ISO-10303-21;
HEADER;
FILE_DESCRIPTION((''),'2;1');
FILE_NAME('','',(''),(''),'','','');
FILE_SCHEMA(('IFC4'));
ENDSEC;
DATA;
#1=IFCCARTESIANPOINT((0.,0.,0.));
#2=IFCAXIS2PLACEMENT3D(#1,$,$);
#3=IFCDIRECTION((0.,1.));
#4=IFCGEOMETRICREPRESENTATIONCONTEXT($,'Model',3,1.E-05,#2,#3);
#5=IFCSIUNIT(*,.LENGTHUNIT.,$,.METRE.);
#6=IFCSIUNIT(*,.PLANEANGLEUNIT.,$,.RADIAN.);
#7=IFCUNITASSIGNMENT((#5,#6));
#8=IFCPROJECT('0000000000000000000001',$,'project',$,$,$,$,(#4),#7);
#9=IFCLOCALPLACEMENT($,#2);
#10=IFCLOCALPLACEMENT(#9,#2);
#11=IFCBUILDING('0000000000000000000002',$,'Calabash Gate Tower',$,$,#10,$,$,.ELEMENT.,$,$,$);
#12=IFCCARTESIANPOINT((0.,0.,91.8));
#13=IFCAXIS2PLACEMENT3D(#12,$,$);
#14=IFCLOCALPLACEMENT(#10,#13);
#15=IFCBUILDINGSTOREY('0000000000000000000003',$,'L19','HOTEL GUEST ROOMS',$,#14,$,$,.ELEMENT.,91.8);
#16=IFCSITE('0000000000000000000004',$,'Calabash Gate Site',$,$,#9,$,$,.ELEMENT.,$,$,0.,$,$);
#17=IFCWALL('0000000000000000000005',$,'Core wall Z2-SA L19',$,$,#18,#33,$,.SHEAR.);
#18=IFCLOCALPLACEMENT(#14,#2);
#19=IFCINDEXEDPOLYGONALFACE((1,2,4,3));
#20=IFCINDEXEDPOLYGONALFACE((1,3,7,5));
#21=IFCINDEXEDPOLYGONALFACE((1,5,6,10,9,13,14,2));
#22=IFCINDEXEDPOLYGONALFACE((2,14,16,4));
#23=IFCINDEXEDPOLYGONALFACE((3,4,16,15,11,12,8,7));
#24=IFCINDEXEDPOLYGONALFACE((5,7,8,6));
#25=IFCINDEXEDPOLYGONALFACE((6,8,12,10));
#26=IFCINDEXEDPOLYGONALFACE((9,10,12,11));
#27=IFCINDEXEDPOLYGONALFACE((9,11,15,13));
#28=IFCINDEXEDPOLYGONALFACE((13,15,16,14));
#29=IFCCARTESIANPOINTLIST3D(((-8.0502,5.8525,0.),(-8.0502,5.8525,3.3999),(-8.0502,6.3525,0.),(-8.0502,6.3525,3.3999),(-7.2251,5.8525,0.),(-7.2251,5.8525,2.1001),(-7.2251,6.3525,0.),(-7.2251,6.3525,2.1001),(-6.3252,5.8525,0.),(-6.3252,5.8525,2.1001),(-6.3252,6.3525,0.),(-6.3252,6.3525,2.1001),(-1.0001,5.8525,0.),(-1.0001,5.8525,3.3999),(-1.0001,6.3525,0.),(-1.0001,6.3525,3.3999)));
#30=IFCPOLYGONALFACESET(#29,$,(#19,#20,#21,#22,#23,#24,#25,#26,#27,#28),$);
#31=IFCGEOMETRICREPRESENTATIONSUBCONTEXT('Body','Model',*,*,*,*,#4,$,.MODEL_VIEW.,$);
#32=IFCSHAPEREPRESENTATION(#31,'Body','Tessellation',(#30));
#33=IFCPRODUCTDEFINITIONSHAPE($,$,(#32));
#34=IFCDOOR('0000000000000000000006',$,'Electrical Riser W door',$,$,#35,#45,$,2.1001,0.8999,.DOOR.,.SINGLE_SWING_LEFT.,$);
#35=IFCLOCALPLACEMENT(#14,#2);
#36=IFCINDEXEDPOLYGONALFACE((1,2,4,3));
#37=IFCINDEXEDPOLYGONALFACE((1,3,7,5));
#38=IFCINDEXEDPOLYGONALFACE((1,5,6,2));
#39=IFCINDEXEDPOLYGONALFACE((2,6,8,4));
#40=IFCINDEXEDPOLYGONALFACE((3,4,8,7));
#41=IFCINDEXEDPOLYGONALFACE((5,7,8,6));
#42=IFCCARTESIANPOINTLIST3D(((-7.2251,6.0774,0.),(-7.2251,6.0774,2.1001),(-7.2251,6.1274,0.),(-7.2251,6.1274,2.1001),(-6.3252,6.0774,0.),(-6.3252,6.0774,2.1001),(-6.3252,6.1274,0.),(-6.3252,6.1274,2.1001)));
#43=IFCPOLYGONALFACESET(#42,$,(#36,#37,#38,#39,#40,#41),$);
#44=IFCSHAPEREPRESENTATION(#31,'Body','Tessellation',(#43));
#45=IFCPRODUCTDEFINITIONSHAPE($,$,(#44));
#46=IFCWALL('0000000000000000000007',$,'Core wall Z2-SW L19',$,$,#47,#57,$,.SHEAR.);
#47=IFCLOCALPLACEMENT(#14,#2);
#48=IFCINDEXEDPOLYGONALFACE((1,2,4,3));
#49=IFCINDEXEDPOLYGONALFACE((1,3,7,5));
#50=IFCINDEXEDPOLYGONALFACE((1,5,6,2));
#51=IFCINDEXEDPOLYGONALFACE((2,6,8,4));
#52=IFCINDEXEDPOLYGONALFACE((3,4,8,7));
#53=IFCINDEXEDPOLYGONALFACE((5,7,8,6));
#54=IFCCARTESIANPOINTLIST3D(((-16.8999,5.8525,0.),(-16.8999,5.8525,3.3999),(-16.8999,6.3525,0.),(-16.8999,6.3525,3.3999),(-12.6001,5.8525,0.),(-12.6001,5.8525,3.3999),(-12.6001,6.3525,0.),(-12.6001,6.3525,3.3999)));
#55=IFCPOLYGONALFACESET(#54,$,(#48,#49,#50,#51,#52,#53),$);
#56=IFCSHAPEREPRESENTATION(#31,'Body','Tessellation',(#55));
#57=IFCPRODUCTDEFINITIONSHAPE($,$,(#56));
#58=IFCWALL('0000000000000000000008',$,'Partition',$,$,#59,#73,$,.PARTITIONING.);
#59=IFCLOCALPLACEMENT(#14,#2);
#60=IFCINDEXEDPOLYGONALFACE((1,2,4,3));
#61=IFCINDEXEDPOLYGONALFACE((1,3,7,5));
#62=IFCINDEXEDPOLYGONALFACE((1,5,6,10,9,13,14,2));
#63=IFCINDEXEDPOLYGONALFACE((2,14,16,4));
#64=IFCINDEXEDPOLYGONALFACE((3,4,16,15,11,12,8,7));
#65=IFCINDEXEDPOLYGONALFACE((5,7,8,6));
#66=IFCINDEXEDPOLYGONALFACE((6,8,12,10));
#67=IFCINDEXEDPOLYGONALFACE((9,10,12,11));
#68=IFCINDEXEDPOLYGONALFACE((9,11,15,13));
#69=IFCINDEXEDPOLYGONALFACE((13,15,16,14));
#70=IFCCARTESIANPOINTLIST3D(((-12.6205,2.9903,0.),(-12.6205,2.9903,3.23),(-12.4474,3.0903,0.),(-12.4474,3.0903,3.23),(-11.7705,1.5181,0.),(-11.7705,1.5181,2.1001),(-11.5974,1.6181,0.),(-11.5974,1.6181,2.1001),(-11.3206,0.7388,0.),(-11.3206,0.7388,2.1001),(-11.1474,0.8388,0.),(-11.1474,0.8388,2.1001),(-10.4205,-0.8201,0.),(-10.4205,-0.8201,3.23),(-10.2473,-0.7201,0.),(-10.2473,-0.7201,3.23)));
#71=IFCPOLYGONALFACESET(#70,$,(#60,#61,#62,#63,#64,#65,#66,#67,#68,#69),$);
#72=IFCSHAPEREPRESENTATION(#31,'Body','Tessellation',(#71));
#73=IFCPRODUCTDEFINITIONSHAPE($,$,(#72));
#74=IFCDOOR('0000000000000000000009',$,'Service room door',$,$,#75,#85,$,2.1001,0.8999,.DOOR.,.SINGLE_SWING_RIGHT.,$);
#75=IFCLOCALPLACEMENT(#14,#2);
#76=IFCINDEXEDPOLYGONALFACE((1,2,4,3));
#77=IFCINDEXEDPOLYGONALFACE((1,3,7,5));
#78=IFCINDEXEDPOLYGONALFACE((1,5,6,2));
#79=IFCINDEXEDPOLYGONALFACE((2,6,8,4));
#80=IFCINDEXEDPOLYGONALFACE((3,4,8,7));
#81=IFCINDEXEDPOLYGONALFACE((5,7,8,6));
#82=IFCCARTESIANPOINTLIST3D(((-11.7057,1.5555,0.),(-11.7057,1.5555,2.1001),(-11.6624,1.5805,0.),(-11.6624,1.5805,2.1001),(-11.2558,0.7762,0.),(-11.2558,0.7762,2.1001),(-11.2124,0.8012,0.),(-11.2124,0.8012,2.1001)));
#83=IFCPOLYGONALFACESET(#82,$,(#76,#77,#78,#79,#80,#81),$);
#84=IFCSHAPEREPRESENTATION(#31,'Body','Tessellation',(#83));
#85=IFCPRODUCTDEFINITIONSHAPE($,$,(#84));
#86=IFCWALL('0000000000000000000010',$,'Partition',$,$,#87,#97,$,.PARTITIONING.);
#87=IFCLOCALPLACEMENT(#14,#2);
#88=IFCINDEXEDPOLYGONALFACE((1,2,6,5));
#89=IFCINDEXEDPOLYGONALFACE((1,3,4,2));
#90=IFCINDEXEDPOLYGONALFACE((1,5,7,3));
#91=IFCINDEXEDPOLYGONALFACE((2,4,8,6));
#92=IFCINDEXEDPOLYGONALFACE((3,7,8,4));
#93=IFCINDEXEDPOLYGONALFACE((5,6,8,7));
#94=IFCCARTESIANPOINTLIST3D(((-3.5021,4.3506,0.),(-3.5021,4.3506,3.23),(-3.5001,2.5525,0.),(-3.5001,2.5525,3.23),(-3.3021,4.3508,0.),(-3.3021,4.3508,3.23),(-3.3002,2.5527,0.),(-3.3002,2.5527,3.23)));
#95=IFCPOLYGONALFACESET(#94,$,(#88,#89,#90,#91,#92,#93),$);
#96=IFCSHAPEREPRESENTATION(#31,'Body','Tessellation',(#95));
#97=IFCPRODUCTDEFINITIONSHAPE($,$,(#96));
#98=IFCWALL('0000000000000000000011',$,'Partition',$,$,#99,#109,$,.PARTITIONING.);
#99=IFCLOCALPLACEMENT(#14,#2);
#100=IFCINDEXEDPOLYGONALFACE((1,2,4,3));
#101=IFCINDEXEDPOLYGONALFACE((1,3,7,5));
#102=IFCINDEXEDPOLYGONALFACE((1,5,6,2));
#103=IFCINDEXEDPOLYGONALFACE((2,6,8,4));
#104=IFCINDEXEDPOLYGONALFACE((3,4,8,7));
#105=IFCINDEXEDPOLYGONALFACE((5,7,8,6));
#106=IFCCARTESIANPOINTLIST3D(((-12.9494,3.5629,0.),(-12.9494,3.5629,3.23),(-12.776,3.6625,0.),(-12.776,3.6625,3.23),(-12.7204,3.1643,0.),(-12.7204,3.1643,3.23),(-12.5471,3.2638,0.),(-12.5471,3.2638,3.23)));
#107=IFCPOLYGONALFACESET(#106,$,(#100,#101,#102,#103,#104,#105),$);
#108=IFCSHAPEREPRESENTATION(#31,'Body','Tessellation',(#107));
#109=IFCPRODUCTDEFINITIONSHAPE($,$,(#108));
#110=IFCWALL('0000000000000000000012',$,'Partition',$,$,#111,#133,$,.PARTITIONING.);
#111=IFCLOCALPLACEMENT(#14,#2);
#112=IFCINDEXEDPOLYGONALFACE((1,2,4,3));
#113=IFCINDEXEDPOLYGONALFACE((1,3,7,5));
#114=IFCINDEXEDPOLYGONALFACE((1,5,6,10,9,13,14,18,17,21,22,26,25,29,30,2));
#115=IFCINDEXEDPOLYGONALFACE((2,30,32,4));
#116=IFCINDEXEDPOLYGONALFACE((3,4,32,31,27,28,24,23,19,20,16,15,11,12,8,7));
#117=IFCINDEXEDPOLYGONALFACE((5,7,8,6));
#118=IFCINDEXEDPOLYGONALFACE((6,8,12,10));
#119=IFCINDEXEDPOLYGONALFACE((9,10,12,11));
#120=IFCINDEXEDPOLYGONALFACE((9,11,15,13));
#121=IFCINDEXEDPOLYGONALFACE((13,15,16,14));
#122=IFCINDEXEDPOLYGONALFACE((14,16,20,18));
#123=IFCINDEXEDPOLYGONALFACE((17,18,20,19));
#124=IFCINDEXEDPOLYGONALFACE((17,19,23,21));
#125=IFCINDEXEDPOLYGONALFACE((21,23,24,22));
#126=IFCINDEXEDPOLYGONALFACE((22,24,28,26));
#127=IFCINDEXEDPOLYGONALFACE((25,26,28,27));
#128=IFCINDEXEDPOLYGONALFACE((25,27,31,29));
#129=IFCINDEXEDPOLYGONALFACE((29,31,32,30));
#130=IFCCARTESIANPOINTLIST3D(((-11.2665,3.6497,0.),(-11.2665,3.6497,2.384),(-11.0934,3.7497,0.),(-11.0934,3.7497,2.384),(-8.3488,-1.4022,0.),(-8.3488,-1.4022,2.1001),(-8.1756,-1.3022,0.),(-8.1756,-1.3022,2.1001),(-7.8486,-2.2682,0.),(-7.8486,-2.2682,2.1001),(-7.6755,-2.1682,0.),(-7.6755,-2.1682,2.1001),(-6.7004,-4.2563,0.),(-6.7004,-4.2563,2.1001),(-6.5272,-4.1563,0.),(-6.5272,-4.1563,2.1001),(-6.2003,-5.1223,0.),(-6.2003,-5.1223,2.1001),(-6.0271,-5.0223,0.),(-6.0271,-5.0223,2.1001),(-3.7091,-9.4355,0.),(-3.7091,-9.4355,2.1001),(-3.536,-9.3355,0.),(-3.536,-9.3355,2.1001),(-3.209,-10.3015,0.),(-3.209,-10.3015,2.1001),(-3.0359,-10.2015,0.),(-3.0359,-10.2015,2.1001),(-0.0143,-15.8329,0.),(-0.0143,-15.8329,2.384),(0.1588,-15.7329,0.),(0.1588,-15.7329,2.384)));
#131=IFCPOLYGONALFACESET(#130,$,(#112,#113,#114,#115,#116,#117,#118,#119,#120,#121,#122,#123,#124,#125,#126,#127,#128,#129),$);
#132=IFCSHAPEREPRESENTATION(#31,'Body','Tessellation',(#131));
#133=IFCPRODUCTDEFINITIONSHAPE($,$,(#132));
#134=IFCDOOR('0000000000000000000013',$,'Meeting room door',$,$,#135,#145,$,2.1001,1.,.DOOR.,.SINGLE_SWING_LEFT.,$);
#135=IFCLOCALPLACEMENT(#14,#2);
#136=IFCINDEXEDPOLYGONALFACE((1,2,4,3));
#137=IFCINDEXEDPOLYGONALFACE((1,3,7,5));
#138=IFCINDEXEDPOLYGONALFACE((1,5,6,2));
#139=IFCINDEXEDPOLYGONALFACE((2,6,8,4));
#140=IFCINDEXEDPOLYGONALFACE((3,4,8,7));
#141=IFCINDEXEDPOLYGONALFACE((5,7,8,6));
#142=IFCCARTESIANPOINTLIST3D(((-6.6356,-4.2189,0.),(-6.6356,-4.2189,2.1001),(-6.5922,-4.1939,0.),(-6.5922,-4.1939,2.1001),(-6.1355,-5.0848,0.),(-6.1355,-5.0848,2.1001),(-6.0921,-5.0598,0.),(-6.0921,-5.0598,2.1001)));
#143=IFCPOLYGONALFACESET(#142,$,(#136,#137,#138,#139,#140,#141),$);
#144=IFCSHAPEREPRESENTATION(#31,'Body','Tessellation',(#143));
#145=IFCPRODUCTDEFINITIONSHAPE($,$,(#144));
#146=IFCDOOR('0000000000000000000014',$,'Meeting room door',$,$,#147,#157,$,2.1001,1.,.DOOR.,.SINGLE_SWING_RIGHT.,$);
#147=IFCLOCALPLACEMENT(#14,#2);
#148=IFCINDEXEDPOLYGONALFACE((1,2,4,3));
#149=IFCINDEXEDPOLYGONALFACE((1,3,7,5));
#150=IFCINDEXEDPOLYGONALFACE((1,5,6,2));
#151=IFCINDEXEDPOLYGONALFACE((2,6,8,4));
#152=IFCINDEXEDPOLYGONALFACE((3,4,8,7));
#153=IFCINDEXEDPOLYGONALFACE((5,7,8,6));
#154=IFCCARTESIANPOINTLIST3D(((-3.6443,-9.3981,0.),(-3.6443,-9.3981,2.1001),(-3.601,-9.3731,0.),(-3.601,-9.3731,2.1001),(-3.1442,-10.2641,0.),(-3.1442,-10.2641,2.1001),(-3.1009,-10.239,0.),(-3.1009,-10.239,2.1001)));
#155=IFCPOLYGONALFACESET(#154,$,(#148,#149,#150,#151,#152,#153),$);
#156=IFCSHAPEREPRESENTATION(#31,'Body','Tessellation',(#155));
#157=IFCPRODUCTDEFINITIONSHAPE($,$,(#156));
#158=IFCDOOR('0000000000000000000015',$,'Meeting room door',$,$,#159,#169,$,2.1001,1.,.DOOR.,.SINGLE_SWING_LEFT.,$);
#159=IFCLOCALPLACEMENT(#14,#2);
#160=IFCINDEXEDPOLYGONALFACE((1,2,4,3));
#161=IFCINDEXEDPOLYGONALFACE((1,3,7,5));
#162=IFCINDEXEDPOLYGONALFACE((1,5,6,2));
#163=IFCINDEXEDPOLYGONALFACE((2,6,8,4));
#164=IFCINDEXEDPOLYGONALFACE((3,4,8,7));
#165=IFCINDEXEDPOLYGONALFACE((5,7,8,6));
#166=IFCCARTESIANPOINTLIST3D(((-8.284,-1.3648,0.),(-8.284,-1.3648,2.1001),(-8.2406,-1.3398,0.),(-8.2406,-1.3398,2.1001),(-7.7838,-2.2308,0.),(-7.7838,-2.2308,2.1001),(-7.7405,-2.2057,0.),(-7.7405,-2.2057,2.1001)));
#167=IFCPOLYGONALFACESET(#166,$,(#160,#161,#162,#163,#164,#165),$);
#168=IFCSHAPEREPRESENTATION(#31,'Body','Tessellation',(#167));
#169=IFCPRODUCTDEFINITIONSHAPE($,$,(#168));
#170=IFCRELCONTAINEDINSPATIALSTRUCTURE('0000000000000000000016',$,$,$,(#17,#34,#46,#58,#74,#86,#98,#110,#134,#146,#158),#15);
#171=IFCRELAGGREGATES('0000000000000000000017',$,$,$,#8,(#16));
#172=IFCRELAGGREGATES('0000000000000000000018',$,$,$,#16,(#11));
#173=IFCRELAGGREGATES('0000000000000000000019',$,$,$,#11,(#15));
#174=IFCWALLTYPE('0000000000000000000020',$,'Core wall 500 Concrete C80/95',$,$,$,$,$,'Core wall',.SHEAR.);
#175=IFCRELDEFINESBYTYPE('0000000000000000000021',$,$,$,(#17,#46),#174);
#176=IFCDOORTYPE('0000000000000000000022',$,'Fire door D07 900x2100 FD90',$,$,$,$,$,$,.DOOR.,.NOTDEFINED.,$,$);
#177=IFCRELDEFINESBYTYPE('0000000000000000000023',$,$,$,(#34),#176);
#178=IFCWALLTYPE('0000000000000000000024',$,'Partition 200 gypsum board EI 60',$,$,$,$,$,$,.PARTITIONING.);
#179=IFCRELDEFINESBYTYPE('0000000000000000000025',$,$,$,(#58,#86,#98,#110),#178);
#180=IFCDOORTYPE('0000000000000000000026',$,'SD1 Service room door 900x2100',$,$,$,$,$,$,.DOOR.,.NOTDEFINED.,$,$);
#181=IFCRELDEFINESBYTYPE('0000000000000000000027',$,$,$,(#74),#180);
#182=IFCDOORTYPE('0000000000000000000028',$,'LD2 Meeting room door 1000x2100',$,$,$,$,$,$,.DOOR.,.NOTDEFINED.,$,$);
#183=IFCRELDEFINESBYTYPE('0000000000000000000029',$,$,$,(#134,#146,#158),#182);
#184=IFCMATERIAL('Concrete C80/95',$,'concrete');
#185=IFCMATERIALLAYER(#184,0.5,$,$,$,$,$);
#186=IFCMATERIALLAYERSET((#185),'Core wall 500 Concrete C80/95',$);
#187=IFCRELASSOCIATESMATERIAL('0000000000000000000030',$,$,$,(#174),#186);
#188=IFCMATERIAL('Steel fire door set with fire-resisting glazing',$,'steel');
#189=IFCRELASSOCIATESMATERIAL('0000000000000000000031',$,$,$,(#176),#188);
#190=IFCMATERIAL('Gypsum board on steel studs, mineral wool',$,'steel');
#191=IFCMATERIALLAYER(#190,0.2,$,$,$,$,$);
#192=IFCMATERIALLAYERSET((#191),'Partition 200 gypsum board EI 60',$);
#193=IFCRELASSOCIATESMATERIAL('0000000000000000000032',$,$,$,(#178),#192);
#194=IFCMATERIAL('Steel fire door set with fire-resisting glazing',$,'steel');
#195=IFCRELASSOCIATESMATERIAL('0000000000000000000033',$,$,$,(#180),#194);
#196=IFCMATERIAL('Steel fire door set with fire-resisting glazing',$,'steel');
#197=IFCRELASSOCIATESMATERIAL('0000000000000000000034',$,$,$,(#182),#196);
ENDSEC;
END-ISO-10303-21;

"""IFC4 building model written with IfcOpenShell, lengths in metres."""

from ifc_helpers import new_model, si_unit, direction, frame, frame_2d, origin, place, context, subcontext, project, spatial, rectangle, extrude, material, layer, layer_set, type_object, element, fill, save


model = new_model("IFC4")

# Units and contexts
model_context = context("Model", 3, precision=1e-05, world=origin(), true_north=direction((0.0, 1.0)))
body_context = subcontext(model_context, "Body", "Model", "MODEL_VIEW")
ifc_project = project(units=[si_unit("LENGTHUNIT", "METRE"), si_unit("PLANEANGLEUNIT", "RADIAN")], contexts=[model_context])

# Site, building, storey
site_placement = place(None, origin())
site = spatial("IfcSite", under=ifc_project, at=site_placement, Name="Calabash Gate Site", CompositionType="ELEMENT", RefElevation=0.0)
building_placement = place(site_placement, origin())
building = spatial("IfcBuilding", under=site, at=building_placement, Name="Calabash Gate Tower", CompositionType="ELEMENT")
storey_placement = place(building_placement, frame((0.0, 0.0, 91.8)))
storey = spatial("IfcBuildingStorey", under=building, at=storey_placement, Name="L19", Description="HOTEL GUEST ROOMS", CompositionType="ELEMENT", Elevation=91.8)

# Shared definitions
ifc_material_1 = material(Name="Concrete C80/95", Category="concrete")
ifc_layer_1 = layer(ifc_material_1, 0.5)
ifc_layer_set_1 = layer_set([ifc_layer_1], Name="Core wall 500 Concrete C80/95")
wall_type_1 = type_object("IfcWallType", Name="Core wall 500 Concrete C80/95", ElementType="Core wall", PredefinedType="SHEAR", material=ifc_layer_set_1)

# Wall, opening, door
wall_1_placement = place(storey_placement, frame((-8.05, 6.1025, 0.0), z_axis=(0.0, 0.0, 1.0), x_axis=(1.0, 0.0, 0.0)))
wall_1 = element("IfcWall", 1, at=wall_1_placement, inside=storey, type_object=wall_type_1, Name="Core wall Z2-SA L19", PredefinedType="SHEAR", context=body_context, shape_type="SweptSolid", body=[
    extrude(rectangle(XDim=7.05, YDim=0.5, at=frame_2d((3.5249, 0.0))), origin(), (0.0, 0.0, 1.0), 3.3999),
])
opening_1_placement = place(wall_1_placement, frame((0.825, 0.0, 0.0)))
opening_1 = element("IfcOpeningElement", 2, at=opening_1_placement, cuts=wall_1, PredefinedType="OPENING", context=body_context, shape_type="SweptSolid", body=[
    extrude(rectangle(XDim=0.8999, YDim=2.1001, at=frame_2d((0.45, 1.05))), frame((0.0, 0.26, 0.0), z_axis=(0.0, -1.0, 0.0), x_axis=(1.0, 0.0, 0.0)), (0.0, 0.0, 1.0), 0.52),
])
ifc_material_2 = material(Name="Steel fire door set with fire-resisting glazing", Category="steel")
door_type_1 = type_object("IfcDoorType", Name="Fire door D07 900x2100 FD90", OperationType="NOTDEFINED", PredefinedType="DOOR", material=ifc_material_2)
door_1_placement = place(opening_1_placement, origin())
door_1 = element("IfcDoor", 3, at=door_1_placement, inside=storey, type_object=door_type_1, Name="Electrical Riser W door", OperationType="SINGLE_SWING_LEFT", OverallHeight=2.1001, OverallWidth=0.8999, PredefinedType="DOOR", context=body_context, shape_type="SweptSolid", body=[
    extrude(rectangle(XDim=0.8999, YDim=2.1001, at=frame_2d((0.45, 1.05))), frame((0.0, 0.0249, 0.0), z_axis=(0.0, -1.0, 0.0), x_axis=(1.0, 0.0, 0.0)), (0.0, 0.0, 1.0), 0.05),
])
fill(opening_1, door_1)

# Wall
wall_2_placement = place(storey_placement, frame((-12.6001, 6.1025, 0.0), z_axis=(0.0, 0.0, 1.0), x_axis=(-1.0, 0.0, 0.0)))
element("IfcWall", 4, at=wall_2_placement, inside=storey, type_object=wall_type_1, Name="Core wall Z2-SW L19", PredefinedType="SHEAR", context=body_context, shape_type="SweptSolid", body=[
    extrude(rectangle(XDim=4.2998, YDim=0.5, at=frame_2d((2.1499, 0.0))), origin(), (0.0, 0.0, 1.0), 3.3999),
])

# Wall, opening, door
ifc_material_3 = material(Name="Gypsum board on steel studs, mineral wool", Category="steel")
ifc_layer_2 = layer(ifc_material_3, 0.2)
ifc_layer_set_2 = layer_set([ifc_layer_2], Name="Partition 200 gypsum board EI 60")
wall_type_2 = type_object("IfcWallType", Name="Partition 200 gypsum board EI 60", PredefinedType="PARTITIONING", material=ifc_layer_set_2)
wall_3_placement = place(storey_placement, frame((-12.5339, 3.0403, 0.0), z_axis=(0.0, 0.0, 1.0), x_axis=(0.500012, -0.866018, 0.0)))
wall_3 = element("IfcWall", 5, at=wall_3_placement, inside=storey, type_object=wall_type_2, Name="Partition", PredefinedType="PARTITIONING", context=body_context, shape_type="SweptSolid", body=[
    extrude(rectangle(XDim=4.3999, YDim=0.2, at=frame_2d((2.2, 0.0))), origin(), (0.0, 0.0, 1.0), 3.23),
])
opening_2_placement = place(wall_3_placement, frame((1.7, 0.0, 0.0)))
opening_2 = element("IfcOpeningElement", 6, at=opening_2_placement, cuts=wall_3, PredefinedType="OPENING", context=body_context, shape_type="SweptSolid", body=[
    extrude(rectangle(XDim=0.8999, YDim=2.1001, at=frame_2d((0.45, 1.05))), frame((0.0, 0.1099, 0.0), z_axis=(0.0, -1.0, 0.0), x_axis=(1.0, 0.0, 0.0)), (0.0, 0.0, 1.0), 0.22),
])
ifc_material_4 = material(Name="Steel fire door set with fire-resisting glazing", Category="steel")
door_type_2 = type_object("IfcDoorType", Name="SD1 Service room door 900x2100", OperationType="NOTDEFINED", PredefinedType="DOOR", material=ifc_material_4)
door_2_placement = place(opening_2_placement, origin())
door_2 = element("IfcDoor", 7, at=door_2_placement, inside=storey, type_object=door_type_2, Name="Service room door", OperationType="SINGLE_SWING_RIGHT", OverallHeight=2.1001, OverallWidth=0.8999, PredefinedType="DOOR", context=body_context, shape_type="SweptSolid", body=[
    extrude(rectangle(XDim=0.8999, YDim=2.1001, at=frame_2d((0.45, 1.05))), frame((0.0, 0.0249, 0.0), z_axis=(0.0, -1.0, 0.0), x_axis=(1.0, 0.0, 0.0)), (0.0, 0.0, 1.0), 0.05),
])
fill(opening_2, door_2)

# Walls
wall_4_placement = place(storey_placement, frame((-3.4021, 4.3506, 0.0), z_axis=(0.0, 0.0, 1.0), x_axis=(0.001086, -0.999999, 0.0)))
element("IfcWall", 8, at=wall_4_placement, inside=storey, type_object=wall_type_2, Name="Partition", PredefinedType="PARTITIONING", context=body_context, shape_type="SweptSolid", body=[
    extrude(rectangle(XDim=1.7981, YDim=0.2, at=frame_2d((0.8989, 0.0))), origin(), (0.0, 0.0, 1.0), 3.23),
])
wall_5_placement = place(storey_placement, frame((-12.8628, 3.6128, 0.0), z_axis=(0.0, 0.0, 1.0), x_axis=(0.498082, -0.86713, 0.0)))
element("IfcWall", 9, at=wall_5_placement, inside=storey, type_object=wall_type_2, Name="Partition", PredefinedType="PARTITIONING", context=body_context, shape_type="SweptSolid", body=[
    extrude(rectangle(XDim=0.4597, YDim=0.2, at=frame_2d((0.23, 0.0))), origin(), (0.0, 0.0, 1.0), 3.23),
])

# Wall, openings, doors
wall_6_placement = place(storey_placement, frame((-11.1799, 3.6997, 0.0), z_axis=(0.0, 0.0, 1.0), x_axis=(0.500129, -0.865951, 0.0)))
wall_6 = element("IfcWall", 10, at=wall_6_placement, inside=storey, type_object=wall_type_2, Name="Partition", PredefinedType="PARTITIONING", context=body_context, shape_type="SweptSolid", body=[
    extrude(rectangle(XDim=22.4985, YDim=0.2, at=frame_2d((11.2493, 0.0))), origin(), (0.0, 0.0, 1.0), 2.384),
])
opening_3_placement = place(wall_6_placement, frame((9.1299, 0.0, 0.0)))
opening_3 = element("IfcOpeningElement", 11, at=opening_3_placement, cuts=wall_6, PredefinedType="OPENING", context=body_context, shape_type="SweptSolid", body=[
    extrude(rectangle(XDim=1.0, YDim=2.1001, at=frame_2d((0.5, 1.05))), frame((0.0, 0.1099, 0.0), z_axis=(0.0, -1.0, 0.0), x_axis=(1.0, 0.0, 0.0)), (0.0, 0.0, 1.0), 0.22),
])
opening_4_placement = place(wall_6_placement, frame((15.1108, 0.0, 0.0)))
opening_4 = element("IfcOpeningElement", 12, at=opening_4_placement, cuts=wall_6, PredefinedType="OPENING", context=body_context, shape_type="SweptSolid", body=[
    extrude(rectangle(XDim=1.0, YDim=2.1001, at=frame_2d((0.5, 1.05))), frame((0.0, 0.1099, 0.0), z_axis=(0.0, -1.0, 0.0), x_axis=(1.0, 0.0, 0.0)), (0.0, 0.0, 1.0), 0.22),
])
opening_5_placement = place(wall_6_placement, frame((5.834, 0.0, 0.0)))
opening_5 = element("IfcOpeningElement", 13, at=opening_5_placement, cuts=wall_6, PredefinedType="OPENING", context=body_context, shape_type="SweptSolid", body=[
    extrude(rectangle(XDim=1.0, YDim=2.1001, at=frame_2d((0.5, 1.05))), frame((0.0, 0.1099, 0.0), z_axis=(0.0, -1.0, 0.0), x_axis=(1.0, 0.0, 0.0)), (0.0, 0.0, 1.0), 0.22),
])
ifc_material_5 = material(Name="Steel fire door set with fire-resisting glazing", Category="steel")
door_type_3 = type_object("IfcDoorType", Name="LD2 Meeting room door 1000x2100", OperationType="NOTDEFINED", PredefinedType="DOOR", material=ifc_material_5)
door_3_placement = place(opening_3_placement, origin())
door_3 = element("IfcDoor", 14, at=door_3_placement, inside=storey, type_object=door_type_3, Name="Meeting room door", OperationType="SINGLE_SWING_LEFT", OverallHeight=2.1001, OverallWidth=1.0, PredefinedType="DOOR", context=body_context, shape_type="SweptSolid", body=[
    extrude(rectangle(XDim=1.0, YDim=2.1001, at=frame_2d((0.5, 1.05))), frame((0.0, 0.0249, 0.0), z_axis=(0.0, -1.0, 0.0), x_axis=(1.0, 0.0, 0.0)), (0.0, 0.0, 1.0), 0.05),
])
fill(opening_3, door_3)
door_4_placement = place(opening_4_placement, origin())
door_4 = element("IfcDoor", 15, at=door_4_placement, inside=storey, type_object=door_type_3, Name="Meeting room door", OperationType="SINGLE_SWING_RIGHT", OverallHeight=2.1001, OverallWidth=1.0, PredefinedType="DOOR", context=body_context, shape_type="SweptSolid", body=[
    extrude(rectangle(XDim=1.0, YDim=2.1001, at=frame_2d((0.5, 1.05))), frame((0.0, 0.0249, 0.0), z_axis=(0.0, -1.0, 0.0), x_axis=(1.0, 0.0, 0.0)), (0.0, 0.0, 1.0), 0.05),
])
fill(opening_4, door_4)
door_5_placement = place(opening_5_placement, origin())
door_5 = element("IfcDoor", 16, at=door_5_placement, inside=storey, type_object=door_type_3, Name="Meeting room door", OperationType="SINGLE_SWING_LEFT", OverallHeight=2.1001, OverallWidth=1.0, PredefinedType="DOOR", context=body_context, shape_type="SweptSolid", body=[
    extrude(rectangle(XDim=1.0, YDim=2.1001, at=frame_2d((0.5, 1.05))), frame((0.0, 0.0249, 0.0), z_axis=(0.0, -1.0, 0.0), x_axis=(1.0, 0.0, 0.0)), (0.0, 0.0, 1.0), 0.05),
])
fill(opening_5, door_5)

save(model, "model.ifc")
